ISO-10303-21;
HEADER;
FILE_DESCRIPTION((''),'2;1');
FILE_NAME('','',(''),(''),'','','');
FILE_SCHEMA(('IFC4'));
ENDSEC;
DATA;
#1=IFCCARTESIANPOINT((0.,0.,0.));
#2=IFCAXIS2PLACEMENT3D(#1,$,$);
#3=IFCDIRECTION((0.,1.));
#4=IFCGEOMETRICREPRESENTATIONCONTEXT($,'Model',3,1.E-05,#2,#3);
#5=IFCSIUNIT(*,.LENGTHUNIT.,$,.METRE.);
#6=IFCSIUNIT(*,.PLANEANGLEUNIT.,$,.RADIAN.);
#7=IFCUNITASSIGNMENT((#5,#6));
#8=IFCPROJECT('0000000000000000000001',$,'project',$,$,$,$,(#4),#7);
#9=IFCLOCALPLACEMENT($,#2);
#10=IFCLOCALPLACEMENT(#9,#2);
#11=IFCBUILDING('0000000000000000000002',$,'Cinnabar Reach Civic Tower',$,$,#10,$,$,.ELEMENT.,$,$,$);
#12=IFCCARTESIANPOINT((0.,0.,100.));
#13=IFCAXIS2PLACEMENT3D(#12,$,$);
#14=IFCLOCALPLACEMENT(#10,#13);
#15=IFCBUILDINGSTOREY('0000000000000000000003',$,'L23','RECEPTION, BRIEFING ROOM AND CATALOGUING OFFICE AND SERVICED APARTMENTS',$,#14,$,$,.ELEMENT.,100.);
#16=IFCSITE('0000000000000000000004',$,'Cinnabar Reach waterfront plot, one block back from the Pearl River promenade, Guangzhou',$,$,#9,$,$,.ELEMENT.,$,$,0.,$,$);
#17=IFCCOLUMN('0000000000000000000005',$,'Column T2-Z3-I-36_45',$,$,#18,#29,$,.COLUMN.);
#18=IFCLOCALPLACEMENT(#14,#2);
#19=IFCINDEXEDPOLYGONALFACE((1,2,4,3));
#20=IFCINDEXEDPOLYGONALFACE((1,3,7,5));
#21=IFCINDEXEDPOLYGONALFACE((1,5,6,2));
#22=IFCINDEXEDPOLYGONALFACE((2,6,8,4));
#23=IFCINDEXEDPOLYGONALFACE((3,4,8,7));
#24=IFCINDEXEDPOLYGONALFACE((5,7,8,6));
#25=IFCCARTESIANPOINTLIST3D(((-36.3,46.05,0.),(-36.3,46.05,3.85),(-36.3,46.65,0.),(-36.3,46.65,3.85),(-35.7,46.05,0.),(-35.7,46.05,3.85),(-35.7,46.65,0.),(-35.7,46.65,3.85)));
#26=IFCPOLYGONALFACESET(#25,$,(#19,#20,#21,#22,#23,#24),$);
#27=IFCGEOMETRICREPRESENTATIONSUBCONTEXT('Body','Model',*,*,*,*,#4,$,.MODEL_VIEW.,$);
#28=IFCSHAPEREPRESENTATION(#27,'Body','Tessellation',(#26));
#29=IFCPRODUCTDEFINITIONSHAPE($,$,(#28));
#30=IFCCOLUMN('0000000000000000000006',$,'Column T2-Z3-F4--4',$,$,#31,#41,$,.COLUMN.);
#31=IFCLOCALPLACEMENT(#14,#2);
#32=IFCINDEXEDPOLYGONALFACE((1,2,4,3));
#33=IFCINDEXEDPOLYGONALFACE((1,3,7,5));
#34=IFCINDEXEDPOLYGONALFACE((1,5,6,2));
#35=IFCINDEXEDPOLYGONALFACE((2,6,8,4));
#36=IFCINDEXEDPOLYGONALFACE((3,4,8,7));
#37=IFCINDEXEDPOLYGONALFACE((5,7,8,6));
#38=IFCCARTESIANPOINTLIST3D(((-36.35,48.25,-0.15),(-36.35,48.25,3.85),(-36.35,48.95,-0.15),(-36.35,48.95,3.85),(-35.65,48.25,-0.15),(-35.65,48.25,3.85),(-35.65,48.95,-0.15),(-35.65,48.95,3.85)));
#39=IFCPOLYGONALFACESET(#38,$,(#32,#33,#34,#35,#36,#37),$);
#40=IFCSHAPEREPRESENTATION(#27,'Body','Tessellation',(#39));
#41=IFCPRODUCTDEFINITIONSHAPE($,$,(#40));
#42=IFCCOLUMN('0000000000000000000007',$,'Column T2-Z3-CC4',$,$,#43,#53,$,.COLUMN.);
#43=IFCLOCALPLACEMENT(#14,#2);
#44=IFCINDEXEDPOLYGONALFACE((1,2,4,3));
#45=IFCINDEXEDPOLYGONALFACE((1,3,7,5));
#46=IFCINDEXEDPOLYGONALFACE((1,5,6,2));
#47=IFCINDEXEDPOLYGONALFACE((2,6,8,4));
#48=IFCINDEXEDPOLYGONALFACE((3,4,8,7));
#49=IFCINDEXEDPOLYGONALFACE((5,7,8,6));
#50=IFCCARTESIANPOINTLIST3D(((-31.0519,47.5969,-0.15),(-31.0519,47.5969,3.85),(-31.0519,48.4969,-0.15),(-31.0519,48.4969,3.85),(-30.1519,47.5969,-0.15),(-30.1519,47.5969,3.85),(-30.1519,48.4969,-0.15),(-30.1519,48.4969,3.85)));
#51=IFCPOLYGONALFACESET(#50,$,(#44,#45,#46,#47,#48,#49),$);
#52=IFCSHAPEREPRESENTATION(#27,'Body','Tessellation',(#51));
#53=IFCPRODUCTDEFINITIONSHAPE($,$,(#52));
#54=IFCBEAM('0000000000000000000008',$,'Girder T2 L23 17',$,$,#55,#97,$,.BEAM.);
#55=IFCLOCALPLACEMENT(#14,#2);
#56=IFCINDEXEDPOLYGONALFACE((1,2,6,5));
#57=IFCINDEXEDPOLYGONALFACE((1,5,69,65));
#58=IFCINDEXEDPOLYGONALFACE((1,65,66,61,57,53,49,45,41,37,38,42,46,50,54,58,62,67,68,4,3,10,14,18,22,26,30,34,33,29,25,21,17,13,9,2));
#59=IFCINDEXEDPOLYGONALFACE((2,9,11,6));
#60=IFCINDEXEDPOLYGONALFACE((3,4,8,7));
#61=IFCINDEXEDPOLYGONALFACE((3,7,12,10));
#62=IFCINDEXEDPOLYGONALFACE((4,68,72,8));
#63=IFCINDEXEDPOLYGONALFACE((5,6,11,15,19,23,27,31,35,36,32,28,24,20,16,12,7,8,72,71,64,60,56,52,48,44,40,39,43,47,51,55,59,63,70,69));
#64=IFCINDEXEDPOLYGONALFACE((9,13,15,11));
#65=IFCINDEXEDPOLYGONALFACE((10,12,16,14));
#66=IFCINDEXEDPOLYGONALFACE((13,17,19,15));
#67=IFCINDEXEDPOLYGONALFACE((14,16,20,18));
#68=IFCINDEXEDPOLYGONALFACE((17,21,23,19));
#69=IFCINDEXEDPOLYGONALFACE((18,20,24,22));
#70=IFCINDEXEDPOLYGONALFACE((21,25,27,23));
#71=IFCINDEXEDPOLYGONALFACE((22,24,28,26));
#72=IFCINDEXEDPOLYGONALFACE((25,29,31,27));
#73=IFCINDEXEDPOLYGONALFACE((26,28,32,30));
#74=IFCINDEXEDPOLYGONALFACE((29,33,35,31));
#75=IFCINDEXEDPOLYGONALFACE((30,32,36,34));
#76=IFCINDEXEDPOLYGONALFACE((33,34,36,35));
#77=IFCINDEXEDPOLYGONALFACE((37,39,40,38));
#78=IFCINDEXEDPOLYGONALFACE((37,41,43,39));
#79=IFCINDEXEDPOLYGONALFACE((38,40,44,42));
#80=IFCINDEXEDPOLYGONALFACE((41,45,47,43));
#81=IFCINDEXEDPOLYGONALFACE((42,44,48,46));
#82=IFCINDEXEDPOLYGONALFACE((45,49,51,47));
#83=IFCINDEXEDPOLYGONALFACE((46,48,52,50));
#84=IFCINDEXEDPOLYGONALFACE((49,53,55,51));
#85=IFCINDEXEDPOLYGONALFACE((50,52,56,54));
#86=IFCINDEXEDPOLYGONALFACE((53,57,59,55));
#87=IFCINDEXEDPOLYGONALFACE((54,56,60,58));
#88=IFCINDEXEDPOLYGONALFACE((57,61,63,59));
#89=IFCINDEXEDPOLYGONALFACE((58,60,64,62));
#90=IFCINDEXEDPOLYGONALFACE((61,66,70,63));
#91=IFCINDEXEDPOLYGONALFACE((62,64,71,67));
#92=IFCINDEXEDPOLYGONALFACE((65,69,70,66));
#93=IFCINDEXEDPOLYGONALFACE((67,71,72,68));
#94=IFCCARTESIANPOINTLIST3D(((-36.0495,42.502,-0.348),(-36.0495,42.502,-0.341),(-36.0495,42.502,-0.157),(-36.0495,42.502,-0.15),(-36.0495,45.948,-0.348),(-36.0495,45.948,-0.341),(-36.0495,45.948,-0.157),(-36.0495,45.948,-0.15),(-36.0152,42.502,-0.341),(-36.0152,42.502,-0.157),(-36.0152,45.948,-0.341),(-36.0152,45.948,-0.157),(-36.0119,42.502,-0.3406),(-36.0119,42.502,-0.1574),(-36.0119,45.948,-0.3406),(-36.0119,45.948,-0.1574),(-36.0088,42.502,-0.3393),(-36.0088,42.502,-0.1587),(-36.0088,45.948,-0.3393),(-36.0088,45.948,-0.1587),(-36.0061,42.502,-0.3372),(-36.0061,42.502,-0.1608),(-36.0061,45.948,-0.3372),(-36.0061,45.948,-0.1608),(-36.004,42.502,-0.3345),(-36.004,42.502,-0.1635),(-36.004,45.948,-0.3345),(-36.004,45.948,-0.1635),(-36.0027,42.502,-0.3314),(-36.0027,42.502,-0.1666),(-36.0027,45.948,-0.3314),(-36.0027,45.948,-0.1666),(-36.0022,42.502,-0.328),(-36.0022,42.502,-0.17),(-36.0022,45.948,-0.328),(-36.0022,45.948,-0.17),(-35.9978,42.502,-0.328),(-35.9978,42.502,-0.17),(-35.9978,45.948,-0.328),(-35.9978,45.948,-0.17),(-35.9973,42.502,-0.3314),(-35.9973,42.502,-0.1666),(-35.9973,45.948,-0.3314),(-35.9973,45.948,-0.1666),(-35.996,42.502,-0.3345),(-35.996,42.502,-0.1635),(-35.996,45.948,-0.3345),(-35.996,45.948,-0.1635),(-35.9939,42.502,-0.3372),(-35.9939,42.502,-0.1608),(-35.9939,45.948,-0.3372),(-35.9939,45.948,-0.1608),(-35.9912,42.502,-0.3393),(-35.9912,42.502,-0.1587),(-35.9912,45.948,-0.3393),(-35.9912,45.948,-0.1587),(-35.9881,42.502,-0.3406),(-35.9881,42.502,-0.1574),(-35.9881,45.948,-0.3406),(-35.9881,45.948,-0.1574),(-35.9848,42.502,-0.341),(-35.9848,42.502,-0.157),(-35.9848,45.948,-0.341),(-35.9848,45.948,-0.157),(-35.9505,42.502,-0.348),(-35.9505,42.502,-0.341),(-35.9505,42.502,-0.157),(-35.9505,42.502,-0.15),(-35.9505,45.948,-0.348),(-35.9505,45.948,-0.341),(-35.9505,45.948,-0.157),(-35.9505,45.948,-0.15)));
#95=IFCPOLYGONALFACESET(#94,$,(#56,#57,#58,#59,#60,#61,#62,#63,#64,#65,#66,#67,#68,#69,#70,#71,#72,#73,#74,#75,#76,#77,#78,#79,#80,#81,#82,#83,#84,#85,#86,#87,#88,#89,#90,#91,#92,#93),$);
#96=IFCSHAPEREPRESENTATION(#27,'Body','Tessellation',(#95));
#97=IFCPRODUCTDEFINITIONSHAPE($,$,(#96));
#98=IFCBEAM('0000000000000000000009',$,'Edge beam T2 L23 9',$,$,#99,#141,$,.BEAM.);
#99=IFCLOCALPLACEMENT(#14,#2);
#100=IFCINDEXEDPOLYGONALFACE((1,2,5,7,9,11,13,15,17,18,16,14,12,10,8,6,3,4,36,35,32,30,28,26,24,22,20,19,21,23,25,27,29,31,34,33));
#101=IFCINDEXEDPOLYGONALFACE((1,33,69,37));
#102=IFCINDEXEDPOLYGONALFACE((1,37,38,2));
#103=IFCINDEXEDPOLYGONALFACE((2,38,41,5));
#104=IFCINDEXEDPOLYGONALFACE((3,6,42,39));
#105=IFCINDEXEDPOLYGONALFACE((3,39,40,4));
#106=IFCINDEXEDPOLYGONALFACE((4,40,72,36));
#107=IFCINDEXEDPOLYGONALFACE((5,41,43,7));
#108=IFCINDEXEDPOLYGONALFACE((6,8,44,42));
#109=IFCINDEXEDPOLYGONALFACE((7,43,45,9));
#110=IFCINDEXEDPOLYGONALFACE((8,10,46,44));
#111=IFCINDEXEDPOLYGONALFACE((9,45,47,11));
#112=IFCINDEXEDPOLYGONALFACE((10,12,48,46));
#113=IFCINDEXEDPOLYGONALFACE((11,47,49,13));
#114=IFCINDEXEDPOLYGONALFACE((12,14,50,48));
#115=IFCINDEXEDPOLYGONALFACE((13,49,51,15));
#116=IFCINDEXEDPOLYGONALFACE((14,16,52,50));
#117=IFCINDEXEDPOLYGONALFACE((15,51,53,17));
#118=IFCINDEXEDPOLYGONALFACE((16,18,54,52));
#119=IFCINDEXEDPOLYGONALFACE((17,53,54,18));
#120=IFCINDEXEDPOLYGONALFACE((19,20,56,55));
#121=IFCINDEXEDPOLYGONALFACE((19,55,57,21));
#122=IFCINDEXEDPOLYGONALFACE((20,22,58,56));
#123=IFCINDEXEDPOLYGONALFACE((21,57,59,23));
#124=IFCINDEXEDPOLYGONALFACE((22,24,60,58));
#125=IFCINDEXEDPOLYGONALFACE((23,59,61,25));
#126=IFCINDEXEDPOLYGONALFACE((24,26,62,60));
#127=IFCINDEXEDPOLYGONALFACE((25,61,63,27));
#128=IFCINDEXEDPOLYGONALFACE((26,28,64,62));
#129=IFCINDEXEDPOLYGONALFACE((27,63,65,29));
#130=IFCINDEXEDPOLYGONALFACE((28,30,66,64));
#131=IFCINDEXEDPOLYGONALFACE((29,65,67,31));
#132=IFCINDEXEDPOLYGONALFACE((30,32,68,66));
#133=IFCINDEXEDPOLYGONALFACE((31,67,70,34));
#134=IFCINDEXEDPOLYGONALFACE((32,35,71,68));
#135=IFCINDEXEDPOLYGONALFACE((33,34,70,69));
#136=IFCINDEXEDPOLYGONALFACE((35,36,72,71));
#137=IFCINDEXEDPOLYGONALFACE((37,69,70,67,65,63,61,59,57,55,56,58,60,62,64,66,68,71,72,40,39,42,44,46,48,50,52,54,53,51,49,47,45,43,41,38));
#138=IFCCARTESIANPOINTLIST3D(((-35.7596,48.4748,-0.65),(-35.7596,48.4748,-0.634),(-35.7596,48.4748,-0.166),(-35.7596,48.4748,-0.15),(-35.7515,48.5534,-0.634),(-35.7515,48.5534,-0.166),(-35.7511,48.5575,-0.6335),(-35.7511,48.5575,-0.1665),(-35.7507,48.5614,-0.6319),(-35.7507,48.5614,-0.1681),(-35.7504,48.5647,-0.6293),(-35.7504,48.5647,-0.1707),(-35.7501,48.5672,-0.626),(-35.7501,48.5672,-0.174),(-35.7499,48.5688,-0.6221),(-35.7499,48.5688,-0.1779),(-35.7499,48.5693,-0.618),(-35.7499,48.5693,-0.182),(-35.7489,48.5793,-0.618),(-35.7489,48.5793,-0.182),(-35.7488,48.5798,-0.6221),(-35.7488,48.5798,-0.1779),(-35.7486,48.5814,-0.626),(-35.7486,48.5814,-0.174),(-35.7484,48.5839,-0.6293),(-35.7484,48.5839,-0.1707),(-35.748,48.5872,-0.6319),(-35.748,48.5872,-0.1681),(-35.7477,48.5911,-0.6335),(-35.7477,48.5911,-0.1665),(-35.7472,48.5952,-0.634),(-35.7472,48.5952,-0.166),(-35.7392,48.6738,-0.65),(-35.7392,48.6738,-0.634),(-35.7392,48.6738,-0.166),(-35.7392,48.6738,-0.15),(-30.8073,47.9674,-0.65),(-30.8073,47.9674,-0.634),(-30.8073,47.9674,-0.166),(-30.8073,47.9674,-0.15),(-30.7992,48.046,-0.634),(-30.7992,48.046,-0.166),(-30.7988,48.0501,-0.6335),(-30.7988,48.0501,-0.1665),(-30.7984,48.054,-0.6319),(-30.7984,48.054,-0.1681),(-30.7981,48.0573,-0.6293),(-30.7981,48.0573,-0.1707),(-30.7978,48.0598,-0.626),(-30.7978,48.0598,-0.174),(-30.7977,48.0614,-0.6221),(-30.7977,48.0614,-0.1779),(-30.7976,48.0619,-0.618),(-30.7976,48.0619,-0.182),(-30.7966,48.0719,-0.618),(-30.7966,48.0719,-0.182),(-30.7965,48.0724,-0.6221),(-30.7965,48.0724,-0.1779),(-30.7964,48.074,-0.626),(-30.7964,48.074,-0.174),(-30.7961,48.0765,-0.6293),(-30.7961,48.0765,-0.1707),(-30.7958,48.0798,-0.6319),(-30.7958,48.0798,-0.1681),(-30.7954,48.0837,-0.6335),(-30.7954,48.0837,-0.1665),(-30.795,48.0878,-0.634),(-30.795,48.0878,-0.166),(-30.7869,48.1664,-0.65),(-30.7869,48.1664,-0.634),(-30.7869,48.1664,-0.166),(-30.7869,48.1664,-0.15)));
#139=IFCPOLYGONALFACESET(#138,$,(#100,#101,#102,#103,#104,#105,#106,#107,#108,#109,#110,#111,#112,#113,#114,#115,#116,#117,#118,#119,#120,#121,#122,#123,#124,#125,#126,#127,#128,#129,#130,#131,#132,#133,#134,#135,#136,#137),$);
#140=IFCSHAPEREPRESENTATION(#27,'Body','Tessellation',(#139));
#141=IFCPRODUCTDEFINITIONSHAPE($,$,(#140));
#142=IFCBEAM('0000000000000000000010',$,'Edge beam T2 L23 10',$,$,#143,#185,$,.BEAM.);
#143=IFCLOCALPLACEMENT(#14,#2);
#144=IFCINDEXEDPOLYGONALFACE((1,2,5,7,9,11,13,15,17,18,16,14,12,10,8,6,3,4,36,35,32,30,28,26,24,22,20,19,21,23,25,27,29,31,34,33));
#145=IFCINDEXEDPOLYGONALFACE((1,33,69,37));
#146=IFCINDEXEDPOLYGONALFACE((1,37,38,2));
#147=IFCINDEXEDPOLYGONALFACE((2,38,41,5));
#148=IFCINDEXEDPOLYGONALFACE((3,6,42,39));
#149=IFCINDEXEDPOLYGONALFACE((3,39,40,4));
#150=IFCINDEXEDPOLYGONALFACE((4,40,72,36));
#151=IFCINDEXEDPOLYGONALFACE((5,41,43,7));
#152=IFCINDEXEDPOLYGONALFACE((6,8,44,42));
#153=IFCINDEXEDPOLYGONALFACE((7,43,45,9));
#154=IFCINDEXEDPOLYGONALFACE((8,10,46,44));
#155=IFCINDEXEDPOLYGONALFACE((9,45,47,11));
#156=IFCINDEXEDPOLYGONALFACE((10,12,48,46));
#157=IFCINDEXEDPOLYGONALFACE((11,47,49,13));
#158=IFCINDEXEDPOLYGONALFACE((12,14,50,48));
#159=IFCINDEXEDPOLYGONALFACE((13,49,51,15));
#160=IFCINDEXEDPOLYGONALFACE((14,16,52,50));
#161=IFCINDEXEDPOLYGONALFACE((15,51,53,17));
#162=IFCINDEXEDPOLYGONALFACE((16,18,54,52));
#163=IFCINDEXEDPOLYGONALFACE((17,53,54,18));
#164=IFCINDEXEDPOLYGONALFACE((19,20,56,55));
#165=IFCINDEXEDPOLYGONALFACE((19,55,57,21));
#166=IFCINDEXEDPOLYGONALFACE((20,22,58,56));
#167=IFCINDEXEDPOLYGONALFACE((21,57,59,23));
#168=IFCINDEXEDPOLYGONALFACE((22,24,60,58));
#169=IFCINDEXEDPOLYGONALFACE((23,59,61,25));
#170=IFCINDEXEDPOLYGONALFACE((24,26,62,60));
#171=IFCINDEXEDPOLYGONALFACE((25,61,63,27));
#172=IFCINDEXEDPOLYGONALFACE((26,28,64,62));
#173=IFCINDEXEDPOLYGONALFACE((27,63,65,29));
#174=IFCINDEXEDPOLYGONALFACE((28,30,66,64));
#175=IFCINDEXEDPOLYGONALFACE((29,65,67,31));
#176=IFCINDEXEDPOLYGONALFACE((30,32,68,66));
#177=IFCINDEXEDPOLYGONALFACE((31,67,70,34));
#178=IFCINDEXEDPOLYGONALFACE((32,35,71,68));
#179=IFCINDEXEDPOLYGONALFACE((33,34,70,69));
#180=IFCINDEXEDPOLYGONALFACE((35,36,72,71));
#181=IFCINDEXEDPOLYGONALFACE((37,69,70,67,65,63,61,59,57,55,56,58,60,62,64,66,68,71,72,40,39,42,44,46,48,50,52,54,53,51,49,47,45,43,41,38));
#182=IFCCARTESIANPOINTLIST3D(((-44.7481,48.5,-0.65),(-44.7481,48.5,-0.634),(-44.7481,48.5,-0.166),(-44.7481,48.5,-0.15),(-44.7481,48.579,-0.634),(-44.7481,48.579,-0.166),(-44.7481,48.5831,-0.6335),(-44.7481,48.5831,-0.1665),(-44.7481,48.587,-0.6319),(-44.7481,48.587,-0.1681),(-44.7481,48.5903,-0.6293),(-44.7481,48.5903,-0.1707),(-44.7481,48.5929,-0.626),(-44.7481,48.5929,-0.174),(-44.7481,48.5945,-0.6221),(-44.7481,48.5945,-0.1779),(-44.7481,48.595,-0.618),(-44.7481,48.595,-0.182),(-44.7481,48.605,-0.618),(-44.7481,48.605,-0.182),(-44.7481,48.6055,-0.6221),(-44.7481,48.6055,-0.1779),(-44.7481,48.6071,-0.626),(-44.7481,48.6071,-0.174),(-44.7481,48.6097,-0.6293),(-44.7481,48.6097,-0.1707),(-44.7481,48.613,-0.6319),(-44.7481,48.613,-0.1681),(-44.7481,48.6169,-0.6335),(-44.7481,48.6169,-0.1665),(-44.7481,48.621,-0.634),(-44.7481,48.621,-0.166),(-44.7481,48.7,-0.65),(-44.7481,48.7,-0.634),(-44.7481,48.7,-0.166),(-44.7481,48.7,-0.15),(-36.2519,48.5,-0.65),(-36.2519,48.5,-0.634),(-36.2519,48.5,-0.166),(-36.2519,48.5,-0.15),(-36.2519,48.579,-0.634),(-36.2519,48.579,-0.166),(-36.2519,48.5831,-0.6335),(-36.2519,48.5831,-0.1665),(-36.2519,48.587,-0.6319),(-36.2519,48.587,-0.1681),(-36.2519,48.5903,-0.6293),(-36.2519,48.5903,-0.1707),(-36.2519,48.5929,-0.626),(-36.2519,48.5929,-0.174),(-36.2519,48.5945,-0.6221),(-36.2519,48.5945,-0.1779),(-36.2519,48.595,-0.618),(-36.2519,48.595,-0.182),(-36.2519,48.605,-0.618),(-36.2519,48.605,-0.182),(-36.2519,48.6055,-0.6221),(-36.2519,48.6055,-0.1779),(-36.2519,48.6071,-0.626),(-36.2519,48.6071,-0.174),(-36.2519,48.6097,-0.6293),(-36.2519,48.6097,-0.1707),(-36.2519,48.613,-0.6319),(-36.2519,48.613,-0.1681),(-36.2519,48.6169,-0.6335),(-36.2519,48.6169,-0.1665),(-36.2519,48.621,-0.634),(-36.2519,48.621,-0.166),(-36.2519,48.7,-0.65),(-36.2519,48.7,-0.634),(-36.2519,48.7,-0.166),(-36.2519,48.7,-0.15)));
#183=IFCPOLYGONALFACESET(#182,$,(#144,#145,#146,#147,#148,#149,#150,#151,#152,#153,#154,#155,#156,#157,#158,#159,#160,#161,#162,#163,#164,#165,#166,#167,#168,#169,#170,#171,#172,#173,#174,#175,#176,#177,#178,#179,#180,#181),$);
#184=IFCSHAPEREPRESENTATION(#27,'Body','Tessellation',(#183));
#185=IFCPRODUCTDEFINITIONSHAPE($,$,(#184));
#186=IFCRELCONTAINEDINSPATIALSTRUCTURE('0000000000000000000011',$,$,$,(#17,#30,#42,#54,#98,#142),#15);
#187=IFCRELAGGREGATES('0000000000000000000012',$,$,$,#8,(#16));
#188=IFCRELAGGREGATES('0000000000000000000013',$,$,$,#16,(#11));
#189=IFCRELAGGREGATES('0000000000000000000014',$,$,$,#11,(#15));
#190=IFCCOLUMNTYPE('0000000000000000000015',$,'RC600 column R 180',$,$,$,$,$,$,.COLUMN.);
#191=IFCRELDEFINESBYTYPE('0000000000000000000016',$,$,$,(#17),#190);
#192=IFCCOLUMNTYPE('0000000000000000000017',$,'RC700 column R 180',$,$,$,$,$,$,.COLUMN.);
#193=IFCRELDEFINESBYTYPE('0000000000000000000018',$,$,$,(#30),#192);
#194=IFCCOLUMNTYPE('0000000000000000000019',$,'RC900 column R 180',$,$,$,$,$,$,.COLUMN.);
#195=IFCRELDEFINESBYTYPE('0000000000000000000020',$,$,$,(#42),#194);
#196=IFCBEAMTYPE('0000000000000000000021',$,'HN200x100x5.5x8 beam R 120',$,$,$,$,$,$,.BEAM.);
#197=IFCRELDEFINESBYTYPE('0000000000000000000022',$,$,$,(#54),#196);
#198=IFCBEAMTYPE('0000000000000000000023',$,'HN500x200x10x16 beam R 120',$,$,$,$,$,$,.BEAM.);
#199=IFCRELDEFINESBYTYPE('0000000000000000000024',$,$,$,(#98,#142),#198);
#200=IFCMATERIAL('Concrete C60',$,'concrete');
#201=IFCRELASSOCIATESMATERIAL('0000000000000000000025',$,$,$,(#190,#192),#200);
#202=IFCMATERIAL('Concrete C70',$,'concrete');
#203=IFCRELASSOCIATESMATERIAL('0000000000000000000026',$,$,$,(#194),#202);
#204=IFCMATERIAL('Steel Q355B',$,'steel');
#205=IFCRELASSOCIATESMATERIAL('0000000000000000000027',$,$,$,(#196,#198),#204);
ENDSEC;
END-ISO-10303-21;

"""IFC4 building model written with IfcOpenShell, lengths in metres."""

from ifc_helpers import new_model, si_unit, direction, frame, origin, origin_2d, place, context, subcontext, project, spatial, rectangle, i_section, extrude, material, material_profile, profile_set, type_object, element, save


model = new_model("IFC4")

# Units and contexts
model_context = context("Model", 3, precision=1e-05, world=origin(), true_north=direction((0.0, 1.0)))
body_context = subcontext(model_context, "Body", "Model", "MODEL_VIEW")
ifc_project = project(units=[si_unit("LENGTHUNIT", "METRE"), si_unit("PLANEANGLEUNIT", "RADIAN")], contexts=[model_context])

# Site, building, storey
site_placement = place(None, origin())
site = spatial("IfcSite", under=ifc_project, at=site_placement, Name="Cinnabar Reach waterfront plot, one block back from the Pearl River promenade, Guangzhou", CompositionType="ELEMENT", RefElevation=0.0)
building_placement = place(site_placement, origin())
building = spatial("IfcBuilding", under=site, at=building_placement, Name="Cinnabar Reach Civic Tower", CompositionType="ELEMENT")
storey_placement = place(building_placement, frame((0.0, 0.0, 100.0)))
storey = spatial("IfcBuildingStorey", under=building, at=storey_placement, Name="L23", Description="RECEPTION, BRIEFING ROOM AND CATALOGUING OFFICE AND SERVICED APARTMENTS", CompositionType="ELEMENT", Elevation=100.0)

# Columns
ifc_material_1 = material(Name="Concrete C60", Category="concrete")
ifc_material_profile_1 = material_profile(ifc_material_1, rectangle(XDim=0.6, YDim=0.6, at=origin_2d()), Name="RC600")
ifc_profile_set_1 = profile_set([ifc_material_profile_1], Name="Concrete C60")
column_type_1 = type_object("IfcColumnType", Name="RC600 column R 180", PredefinedType="COLUMN", material=ifc_profile_set_1)
column_1_placement = place(storey_placement, frame((-36.0, 46.35, 0.0), z_axis=(0.0, 0.0, 1.0), x_axis=(1.0, 0.0, 0.0)))
element("IfcColumn", 1, at=column_1_placement, inside=storey, type_object=column_type_1, Name="Column T2-Z3-I-36_45", PredefinedType="COLUMN", context=body_context, shape_type="SweptSolid", body=[
    extrude(rectangle(XDim=0.6, YDim=0.6, at=origin_2d()), origin(), (0.0, 0.0, 1.0), 3.85),
])
ifc_material_profile_2 = material_profile(ifc_material_1, rectangle(XDim=0.7, YDim=0.7, at=origin_2d()), Name="RC700")
ifc_profile_set_2 = profile_set([ifc_material_profile_2], Name="Concrete C60")
column_type_2 = type_object("IfcColumnType", Name="RC700 column R 180", PredefinedType="COLUMN", material=ifc_profile_set_2)
column_2_placement = place(storey_placement, frame((-36.0, 48.6, -0.15), z_axis=(0.0, 0.0, 1.0), x_axis=(1.0, 0.0, 0.0)))
element("IfcColumn", 2, at=column_2_placement, inside=storey, type_object=column_type_2, Name="Column T2-Z3-F4--4", PredefinedType="COLUMN", context=body_context, shape_type="SweptSolid", body=[
    extrude(rectangle(XDim=0.7, YDim=0.7, at=origin_2d()), origin(), (0.0, 0.0, 1.0), 4.0),
])
ifc_material_2 = material(Name="Concrete C70", Category="concrete")
ifc_material_profile_3 = material_profile(ifc_material_2, rectangle(XDim=0.9, YDim=0.9, at=origin_2d()), Name="RC900")
ifc_profile_set_3 = profile_set([ifc_material_profile_3], Name="Concrete C70")
column_type_3 = type_object("IfcColumnType", Name="RC900 column R 180", PredefinedType="COLUMN", material=ifc_profile_set_3)
column_3_placement = place(storey_placement, frame((-30.6019, 48.0469, -0.15), z_axis=(0.0, 0.0, 1.0), x_axis=(1.0, 0.0, 0.0)))
element("IfcColumn", 3, at=column_3_placement, inside=storey, type_object=column_type_3, Name="Column T2-Z3-CC4", PredefinedType="COLUMN", context=body_context, shape_type="SweptSolid", body=[
    extrude(rectangle(XDim=0.9, YDim=0.9, at=origin_2d()), origin(), (0.0, 0.0, 1.0), 4.0),
])

# Beams
ifc_material_3 = material(Name="Steel Q355B", Category="steel")
ifc_material_profile_4 = material_profile(ifc_material_3, i_section(OverallWidth=0.099, OverallDepth=0.198, WebThickness=0.0045, FlangeThickness=0.007, FilletRadius=0.013, at=origin_2d()), Name="HN200x100x5.5x8")
ifc_profile_set_4 = profile_set([ifc_material_profile_4], Name="Steel Q355B")
beam_type_1 = type_object("IfcBeamType", Name="HN200x100x5.5x8 beam R 120", PredefinedType="BEAM", material=ifc_profile_set_4)
beam_1_placement = place(storey_placement, frame((-36.0, 42.502, -0.249), z_axis=(0.0, 1.0, 0.0), x_axis=(-1.0, 0.0, 0.0)))
element("IfcBeam", 4, at=beam_1_placement, inside=storey, type_object=beam_type_1, Name="Girder T2 L23 17", PredefinedType="BEAM", context=body_context, shape_type="SweptSolid", body=[
    extrude(i_section(OverallWidth=0.099, OverallDepth=0.198, WebThickness=0.0045, FlangeThickness=0.007, FilletRadius=0.013, at=origin_2d()), origin(), (0.0, 0.0, 1.0), 3.446),
])
ifc_material_profile_5 = material_profile(ifc_material_3, i_section(OverallWidth=0.2, OverallDepth=0.5, WebThickness=0.01, FlangeThickness=0.016, FilletRadius=0.016, at=origin_2d()), Name="HN500x200x10x16")
ifc_profile_set_5 = profile_set([ifc_material_profile_5], Name="Steel Q355B")
beam_type_2 = type_object("IfcBeamType", Name="HN500x200x10x16 beam R 120", PredefinedType="BEAM", material=ifc_profile_set_5)
beam_2_placement = place(storey_placement, frame((-30.7971, 48.0669, -0.4), z_axis=(-0.994792, 0.101924, 0.0), x_axis=(-0.101924, -0.994792, 0.0)))
element("IfcBeam", 5, at=beam_2_placement, inside=storey, type_object=beam_type_2, Name="Edge beam T2 L23 9", PredefinedType="BEAM", context=body_context, shape_type="SweptSolid", body=[
    extrude(i_section(OverallWidth=0.2, OverallDepth=0.5, WebThickness=0.01, FlangeThickness=0.016, FilletRadius=0.016, at=origin_2d()), origin(), (0.0, 0.0, 1.0), 4.9782),
])
beam_3_placement = place(storey_placement, frame((-36.2519, 48.6, -0.4), z_axis=(-1.0, 0.0, 0.0), x_axis=(0.0, -1.0, 0.0)))
element("IfcBeam", 6, at=beam_3_placement, inside=storey, type_object=beam_type_2, Name="Edge beam T2 L23 10", PredefinedType="BEAM", context=body_context, shape_type="SweptSolid", body=[
    extrude(i_section(OverallWidth=0.2, OverallDepth=0.5, WebThickness=0.01, FlangeThickness=0.016, FilletRadius=0.016, at=origin_2d()), origin(), (0.0, 0.0, 1.0), 8.4962),
])

save(model, "model.ifc")
